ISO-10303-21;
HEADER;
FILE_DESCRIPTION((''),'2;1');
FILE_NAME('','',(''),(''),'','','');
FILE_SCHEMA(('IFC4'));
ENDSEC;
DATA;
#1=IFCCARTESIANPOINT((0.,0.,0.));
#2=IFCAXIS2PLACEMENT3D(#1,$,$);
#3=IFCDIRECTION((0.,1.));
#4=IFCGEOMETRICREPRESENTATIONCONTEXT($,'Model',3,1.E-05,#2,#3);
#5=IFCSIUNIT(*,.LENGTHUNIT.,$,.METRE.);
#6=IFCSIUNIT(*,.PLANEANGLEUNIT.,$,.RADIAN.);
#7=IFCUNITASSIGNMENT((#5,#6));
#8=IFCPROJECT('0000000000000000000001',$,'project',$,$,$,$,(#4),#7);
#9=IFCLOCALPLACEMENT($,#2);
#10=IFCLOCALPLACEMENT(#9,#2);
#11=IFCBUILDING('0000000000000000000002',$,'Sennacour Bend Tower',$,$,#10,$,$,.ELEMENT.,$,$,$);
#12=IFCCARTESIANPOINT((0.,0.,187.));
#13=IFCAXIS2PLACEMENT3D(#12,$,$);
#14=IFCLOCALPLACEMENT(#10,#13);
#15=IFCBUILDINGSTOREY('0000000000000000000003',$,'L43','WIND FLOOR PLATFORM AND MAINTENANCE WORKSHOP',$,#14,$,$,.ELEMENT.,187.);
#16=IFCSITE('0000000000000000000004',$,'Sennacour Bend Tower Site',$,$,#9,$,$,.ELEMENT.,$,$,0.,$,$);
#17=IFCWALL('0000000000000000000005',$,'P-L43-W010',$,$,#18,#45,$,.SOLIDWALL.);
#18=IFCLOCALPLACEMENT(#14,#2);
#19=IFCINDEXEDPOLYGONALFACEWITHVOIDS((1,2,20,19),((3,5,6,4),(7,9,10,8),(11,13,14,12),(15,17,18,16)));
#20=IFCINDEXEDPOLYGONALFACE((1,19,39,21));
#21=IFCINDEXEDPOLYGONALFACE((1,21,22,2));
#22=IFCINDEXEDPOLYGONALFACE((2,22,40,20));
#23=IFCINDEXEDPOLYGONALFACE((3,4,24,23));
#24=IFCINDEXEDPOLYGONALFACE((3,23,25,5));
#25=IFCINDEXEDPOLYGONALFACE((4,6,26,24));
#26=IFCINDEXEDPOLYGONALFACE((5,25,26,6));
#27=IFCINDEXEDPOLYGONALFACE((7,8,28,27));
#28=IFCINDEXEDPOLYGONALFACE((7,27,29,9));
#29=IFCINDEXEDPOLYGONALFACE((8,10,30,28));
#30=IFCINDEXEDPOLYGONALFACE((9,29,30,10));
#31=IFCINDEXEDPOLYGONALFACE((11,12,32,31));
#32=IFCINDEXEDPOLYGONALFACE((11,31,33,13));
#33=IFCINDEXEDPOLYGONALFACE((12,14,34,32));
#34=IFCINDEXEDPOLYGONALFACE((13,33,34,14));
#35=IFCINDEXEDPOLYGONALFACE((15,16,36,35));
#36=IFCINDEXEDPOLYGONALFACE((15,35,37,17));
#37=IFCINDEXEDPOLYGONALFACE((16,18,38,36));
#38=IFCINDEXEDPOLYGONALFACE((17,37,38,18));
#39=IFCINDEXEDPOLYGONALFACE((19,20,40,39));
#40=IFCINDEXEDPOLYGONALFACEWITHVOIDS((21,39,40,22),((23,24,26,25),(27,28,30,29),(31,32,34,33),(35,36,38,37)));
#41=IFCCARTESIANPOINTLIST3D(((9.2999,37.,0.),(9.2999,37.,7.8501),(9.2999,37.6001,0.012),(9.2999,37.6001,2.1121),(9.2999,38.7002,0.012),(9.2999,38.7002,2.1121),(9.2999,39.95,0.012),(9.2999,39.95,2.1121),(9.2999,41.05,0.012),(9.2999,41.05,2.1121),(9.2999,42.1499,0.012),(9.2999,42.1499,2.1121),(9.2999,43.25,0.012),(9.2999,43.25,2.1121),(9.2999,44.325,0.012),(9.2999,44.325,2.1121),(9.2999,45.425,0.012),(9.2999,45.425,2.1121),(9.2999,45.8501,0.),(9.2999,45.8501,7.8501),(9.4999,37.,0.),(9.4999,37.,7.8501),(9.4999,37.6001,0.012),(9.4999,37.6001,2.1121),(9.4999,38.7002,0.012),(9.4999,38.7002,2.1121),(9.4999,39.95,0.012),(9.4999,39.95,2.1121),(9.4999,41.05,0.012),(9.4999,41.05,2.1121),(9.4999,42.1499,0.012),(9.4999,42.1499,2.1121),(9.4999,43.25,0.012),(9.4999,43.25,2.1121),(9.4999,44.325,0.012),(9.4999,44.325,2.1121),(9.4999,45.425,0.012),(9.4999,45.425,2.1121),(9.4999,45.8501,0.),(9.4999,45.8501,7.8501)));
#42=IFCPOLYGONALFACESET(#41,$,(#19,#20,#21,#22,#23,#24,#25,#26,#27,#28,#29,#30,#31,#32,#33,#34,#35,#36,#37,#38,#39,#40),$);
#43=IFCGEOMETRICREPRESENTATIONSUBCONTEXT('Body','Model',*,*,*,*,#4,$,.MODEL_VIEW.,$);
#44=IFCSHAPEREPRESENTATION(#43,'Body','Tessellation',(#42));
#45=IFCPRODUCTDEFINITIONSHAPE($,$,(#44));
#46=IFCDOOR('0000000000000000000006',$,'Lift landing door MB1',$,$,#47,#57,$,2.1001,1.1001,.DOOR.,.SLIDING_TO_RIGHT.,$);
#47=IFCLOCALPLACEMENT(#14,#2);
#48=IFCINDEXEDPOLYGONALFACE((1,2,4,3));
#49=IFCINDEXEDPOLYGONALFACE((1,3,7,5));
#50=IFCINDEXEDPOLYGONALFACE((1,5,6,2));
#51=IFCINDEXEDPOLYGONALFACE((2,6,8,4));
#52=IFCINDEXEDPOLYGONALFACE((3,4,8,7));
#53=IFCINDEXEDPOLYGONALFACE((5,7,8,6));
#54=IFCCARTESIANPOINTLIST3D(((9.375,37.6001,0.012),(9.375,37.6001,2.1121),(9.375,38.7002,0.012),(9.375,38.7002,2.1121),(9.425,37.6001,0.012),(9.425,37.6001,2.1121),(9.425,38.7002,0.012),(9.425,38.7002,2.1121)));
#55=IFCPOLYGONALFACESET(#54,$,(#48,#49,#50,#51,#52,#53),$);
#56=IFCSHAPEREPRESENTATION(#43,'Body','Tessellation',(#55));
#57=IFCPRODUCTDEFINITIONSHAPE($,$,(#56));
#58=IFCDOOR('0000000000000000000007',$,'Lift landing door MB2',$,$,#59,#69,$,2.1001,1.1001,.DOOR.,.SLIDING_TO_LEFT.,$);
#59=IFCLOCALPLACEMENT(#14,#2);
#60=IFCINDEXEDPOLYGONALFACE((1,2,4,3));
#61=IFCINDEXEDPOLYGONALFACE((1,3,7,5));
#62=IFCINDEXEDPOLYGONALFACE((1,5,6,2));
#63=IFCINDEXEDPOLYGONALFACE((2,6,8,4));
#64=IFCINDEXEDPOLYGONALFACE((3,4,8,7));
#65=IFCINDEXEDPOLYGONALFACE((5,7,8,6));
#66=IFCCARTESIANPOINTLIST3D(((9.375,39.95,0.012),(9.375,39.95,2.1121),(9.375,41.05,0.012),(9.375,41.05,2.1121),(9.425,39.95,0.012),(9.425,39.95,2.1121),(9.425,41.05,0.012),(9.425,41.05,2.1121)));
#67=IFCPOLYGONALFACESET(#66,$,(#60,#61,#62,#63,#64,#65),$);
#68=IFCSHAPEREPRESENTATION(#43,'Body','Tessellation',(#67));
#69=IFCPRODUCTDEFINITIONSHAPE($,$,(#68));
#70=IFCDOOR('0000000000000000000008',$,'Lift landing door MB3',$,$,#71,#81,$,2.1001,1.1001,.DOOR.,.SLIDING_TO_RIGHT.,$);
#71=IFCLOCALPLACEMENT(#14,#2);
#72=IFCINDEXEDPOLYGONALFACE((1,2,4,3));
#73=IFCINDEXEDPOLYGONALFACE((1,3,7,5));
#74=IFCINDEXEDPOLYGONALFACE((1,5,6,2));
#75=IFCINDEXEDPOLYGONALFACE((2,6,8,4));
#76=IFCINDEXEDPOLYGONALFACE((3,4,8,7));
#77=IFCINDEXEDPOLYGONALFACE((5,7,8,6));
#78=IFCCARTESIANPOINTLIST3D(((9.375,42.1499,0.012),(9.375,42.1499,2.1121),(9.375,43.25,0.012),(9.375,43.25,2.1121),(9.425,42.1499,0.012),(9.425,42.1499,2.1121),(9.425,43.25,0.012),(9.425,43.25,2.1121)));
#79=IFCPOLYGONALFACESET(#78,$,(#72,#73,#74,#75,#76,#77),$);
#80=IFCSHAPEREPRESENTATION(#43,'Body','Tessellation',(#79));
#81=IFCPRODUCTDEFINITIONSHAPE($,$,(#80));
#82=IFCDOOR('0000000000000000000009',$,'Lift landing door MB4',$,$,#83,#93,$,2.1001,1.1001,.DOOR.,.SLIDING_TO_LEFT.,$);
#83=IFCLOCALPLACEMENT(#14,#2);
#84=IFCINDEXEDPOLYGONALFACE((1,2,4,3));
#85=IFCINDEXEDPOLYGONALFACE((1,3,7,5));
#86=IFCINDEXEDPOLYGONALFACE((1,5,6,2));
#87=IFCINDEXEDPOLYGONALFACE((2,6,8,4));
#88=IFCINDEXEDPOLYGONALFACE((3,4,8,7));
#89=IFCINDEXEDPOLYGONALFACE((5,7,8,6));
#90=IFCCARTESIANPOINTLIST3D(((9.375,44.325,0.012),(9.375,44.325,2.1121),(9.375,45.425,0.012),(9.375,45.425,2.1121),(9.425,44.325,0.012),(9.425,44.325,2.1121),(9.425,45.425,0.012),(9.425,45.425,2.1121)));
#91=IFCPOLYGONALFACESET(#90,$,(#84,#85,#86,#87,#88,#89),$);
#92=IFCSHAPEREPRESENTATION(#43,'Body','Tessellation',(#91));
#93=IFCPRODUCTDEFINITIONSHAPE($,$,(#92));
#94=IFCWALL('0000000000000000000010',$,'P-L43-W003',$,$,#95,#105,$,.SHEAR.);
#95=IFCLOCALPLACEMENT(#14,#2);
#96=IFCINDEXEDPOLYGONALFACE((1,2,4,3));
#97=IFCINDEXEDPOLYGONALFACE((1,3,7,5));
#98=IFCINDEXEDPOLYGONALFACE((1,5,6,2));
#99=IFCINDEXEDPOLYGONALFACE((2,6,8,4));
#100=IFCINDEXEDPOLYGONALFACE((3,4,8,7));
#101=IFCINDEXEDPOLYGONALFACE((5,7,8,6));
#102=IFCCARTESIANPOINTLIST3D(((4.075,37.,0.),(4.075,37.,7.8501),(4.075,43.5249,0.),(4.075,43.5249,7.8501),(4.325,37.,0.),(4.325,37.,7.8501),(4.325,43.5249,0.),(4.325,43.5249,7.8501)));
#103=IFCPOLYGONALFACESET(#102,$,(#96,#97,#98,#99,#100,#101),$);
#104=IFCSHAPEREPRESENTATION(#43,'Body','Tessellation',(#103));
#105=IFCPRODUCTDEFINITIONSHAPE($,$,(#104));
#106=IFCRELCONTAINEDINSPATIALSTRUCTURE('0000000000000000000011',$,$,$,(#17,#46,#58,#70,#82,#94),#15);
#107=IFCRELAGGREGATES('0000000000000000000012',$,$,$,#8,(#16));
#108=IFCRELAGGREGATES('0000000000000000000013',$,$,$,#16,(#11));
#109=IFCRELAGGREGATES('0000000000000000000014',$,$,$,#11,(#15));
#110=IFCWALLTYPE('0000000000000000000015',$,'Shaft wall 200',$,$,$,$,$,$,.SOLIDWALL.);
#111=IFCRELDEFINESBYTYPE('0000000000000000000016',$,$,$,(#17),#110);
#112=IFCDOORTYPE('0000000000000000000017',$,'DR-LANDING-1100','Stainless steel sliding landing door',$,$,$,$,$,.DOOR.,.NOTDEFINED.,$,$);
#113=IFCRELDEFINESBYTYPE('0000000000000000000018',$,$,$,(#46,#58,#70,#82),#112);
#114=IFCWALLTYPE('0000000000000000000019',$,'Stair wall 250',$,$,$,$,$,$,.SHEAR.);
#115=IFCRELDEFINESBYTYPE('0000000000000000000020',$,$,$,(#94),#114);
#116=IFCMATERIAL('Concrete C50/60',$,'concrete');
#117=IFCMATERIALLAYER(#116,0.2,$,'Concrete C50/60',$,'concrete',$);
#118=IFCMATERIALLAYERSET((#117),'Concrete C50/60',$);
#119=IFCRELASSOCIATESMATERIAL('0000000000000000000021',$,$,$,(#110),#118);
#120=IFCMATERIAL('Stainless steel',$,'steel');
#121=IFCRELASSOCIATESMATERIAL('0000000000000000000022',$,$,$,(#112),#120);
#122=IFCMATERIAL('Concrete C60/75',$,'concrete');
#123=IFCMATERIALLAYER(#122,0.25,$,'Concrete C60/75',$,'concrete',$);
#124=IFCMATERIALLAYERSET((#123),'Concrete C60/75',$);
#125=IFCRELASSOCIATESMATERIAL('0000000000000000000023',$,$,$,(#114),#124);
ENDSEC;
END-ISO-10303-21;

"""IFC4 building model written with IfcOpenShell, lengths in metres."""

from ifc_helpers import new_model, si_unit, direction, frame, frame_2d, origin, place, context, subcontext, project, spatial, rectangle, extrude, material, layer, layer_set, type_object, element, fill, save


model = new_model("IFC4")

# Units and contexts
model_context = context("Model", 3, precision=1e-05, world=origin(), true_north=direction((0.0, 1.0)))
body_context = subcontext(model_context, "Body", "Model", "MODEL_VIEW")
ifc_project = project(units=[si_unit("LENGTHUNIT", "METRE"), si_unit("PLANEANGLEUNIT", "RADIAN")], contexts=[model_context])

# Site, building, storey
site_placement = place(None, origin())
site = spatial("IfcSite", under=ifc_project, at=site_placement, Name="Sennacour Bend Tower Site", CompositionType="ELEMENT", RefElevation=0.0)
building_placement = place(site_placement, origin())
building = spatial("IfcBuilding", under=site, at=building_placement, Name="Sennacour Bend Tower", CompositionType="ELEMENT")
storey_placement = place(building_placement, frame((0.0, 0.0, 187.0)))
storey = spatial("IfcBuildingStorey", under=building, at=storey_placement, Name="L43", Description="WIND FLOOR PLATFORM AND MAINTENANCE WORKSHOP", CompositionType="ELEMENT", Elevation=187.0)

# Wall, openings, doors
ifc_material_1 = material(Name="Concrete C50/60", Category="concrete")
ifc_layer_1 = layer(ifc_material_1, 0.2, Name="Concrete C50/60", Category="concrete")
ifc_layer_set_1 = layer_set([ifc_layer_1], Name="Concrete C50/60")
wall_type_1 = type_object("IfcWallType", Name="Shaft wall 200", PredefinedType="SOLIDWALL", material=ifc_layer_set_1)
wall_1_placement = place(storey_placement, frame((9.3999, 37.0, 0.0), z_axis=(0.0, 0.0, 1.0), x_axis=(0.0, 1.0, 0.0)))
wall_1 = element("IfcWall", 1, at=wall_1_placement, inside=storey, type_object=wall_type_1, Name="P-L43-W010", PredefinedType="SOLIDWALL", context=body_context, shape_type="SweptSolid", body=[
    extrude(rectangle(XDim=8.8501, YDim=0.2, at=frame_2d((4.425, 0.0))), origin(), (0.0, 0.0, 1.0), 7.8501),
])
opening_1_placement = place(wall_1_placement, frame((0.6001, 0.0, 0.012)))
opening_1 = element("IfcOpeningElement", 2, at=opening_1_placement, cuts=wall_1, PredefinedType="OPENING", context=body_context, shape_type="SweptSolid", body=[
    extrude(rectangle(XDim=1.1001, YDim=2.1001, at=frame_2d((0.55, 1.05))), frame((0.0, 0.1099, 0.0), z_axis=(0.0, -1.0, 0.0), x_axis=(1.0, 0.0, 0.0)), (0.0, 0.0, 1.0), 0.22),
])
opening_2_placement = place(wall_1_placement, frame((2.95, 0.0, 0.012)))
opening_2 = element("IfcOpeningElement", 3, at=opening_2_placement, cuts=wall_1, PredefinedType="OPENING", context=body_context, shape_type="SweptSolid", body=[
    extrude(rectangle(XDim=1.1001, YDim=2.1001, at=frame_2d((0.55, 1.05))), frame((0.0, 0.1099, 0.0), z_axis=(0.0, -1.0, 0.0), x_axis=(1.0, 0.0, 0.0)), (0.0, 0.0, 1.0), 0.22),
])
opening_3_placement = place(wall_1_placement, frame((5.1499, 0.0, 0.012)))
opening_3 = element("IfcOpeningElement", 4, at=opening_3_placement, cuts=wall_1, PredefinedType="OPENING", context=body_context, shape_type="SweptSolid", body=[
    extrude(rectangle(XDim=1.1001, YDim=2.1001, at=frame_2d((0.55, 1.05))), frame((0.0, 0.1099, 0.0), z_axis=(0.0, -1.0, 0.0), x_axis=(1.0, 0.0, 0.0)), (0.0, 0.0, 1.0), 0.22),
])
opening_4_placement = place(wall_1_placement, frame((7.325, 0.0, 0.012)))
opening_4 = element("IfcOpeningElement", 5, at=opening_4_placement, cuts=wall_1, PredefinedType="OPENING", context=body_context, shape_type="SweptSolid", body=[
    extrude(rectangle(XDim=1.1001, YDim=2.1001, at=frame_2d((0.55, 1.05))), frame((0.0, 0.1099, 0.0), z_axis=(0.0, -1.0, 0.0), x_axis=(1.0, 0.0, 0.0)), (0.0, 0.0, 1.0), 0.22),
])
ifc_material_2 = material(Name="Stainless steel", Category="steel")
door_type_1 = type_object("IfcDoorType", Name="DR-LANDING-1100", Description="Stainless steel sliding landing door", OperationType="NOTDEFINED", PredefinedType="DOOR", material=ifc_material_2)
door_1_placement = place(opening_1_placement, origin())
door_1 = element("IfcDoor", 6, at=door_1_placement, inside=storey, type_object=door_type_1, Name="Lift landing door MB1", OperationType="SLIDING_TO_RIGHT", OverallHeight=2.1001, OverallWidth=1.1001, PredefinedType="DOOR", context=body_context, shape_type="SweptSolid", body=[
    extrude(rectangle(XDim=1.1001, YDim=2.1001, at=frame_2d((0.55, 1.05))), frame((0.0, 0.0249, 0.0), z_axis=(0.0, -1.0, 0.0), x_axis=(1.0, 0.0, 0.0)), (0.0, 0.0, 1.0), 0.05),
])
fill(opening_1, door_1)
door_2_placement = place(opening_2_placement, origin())
door_2 = element("IfcDoor", 7, at=door_2_placement, inside=storey, type_object=door_type_1, Name="Lift landing door MB2", OperationType="SLIDING_TO_LEFT", OverallHeight=2.1001, OverallWidth=1.1001, PredefinedType="DOOR", context=body_context, shape_type="SweptSolid", body=[
    extrude(rectangle(XDim=1.1001, YDim=2.1001, at=frame_2d((0.55, 1.05))), frame((0.0, 0.0249, 0.0), z_axis=(0.0, -1.0, 0.0), x_axis=(1.0, 0.0, 0.0)), (0.0, 0.0, 1.0), 0.05),
])
fill(opening_2, door_2)
door_3_placement = place(opening_3_placement, origin())
door_3 = element("IfcDoor", 8, at=door_3_placement, inside=storey, type_object=door_type_1, Name="Lift landing door MB3", OperationType="SLIDING_TO_RIGHT", OverallHeight=2.1001, OverallWidth=1.1001, PredefinedType="DOOR", context=body_context, shape_type="SweptSolid", body=[
    extrude(rectangle(XDim=1.1001, YDim=2.1001, at=frame_2d((0.55, 1.05))), frame((0.0, 0.0249, 0.0), z_axis=(0.0, -1.0, 0.0), x_axis=(1.0, 0.0, 0.0)), (0.0, 0.0, 1.0), 0.05),
])
fill(opening_3, door_3)
door_4_placement = place(opening_4_placement, origin())
door_4 = element("IfcDoor", 9, at=door_4_placement, inside=storey, type_object=door_type_1, Name="Lift landing door MB4", OperationType="SLIDING_TO_LEFT", OverallHeight=2.1001, OverallWidth=1.1001, PredefinedType="DOOR", context=body_context, shape_type="SweptSolid", body=[
    extrude(rectangle(XDim=1.1001, YDim=2.1001, at=frame_2d((0.55, 1.05))), frame((0.0, 0.0249, 0.0), z_axis=(0.0, -1.0, 0.0), x_axis=(1.0, 0.0, 0.0)), (0.0, 0.0, 1.0), 0.05),
])
fill(opening_4, door_4)

# Wall
ifc_material_3 = material(Name="Concrete C60/75", Category="concrete")
ifc_layer_2 = layer(ifc_material_3, 0.25, Name="Concrete C60/75", Category="concrete")
ifc_layer_set_2 = layer_set([ifc_layer_2], Name="Concrete C60/75")
wall_type_2 = type_object("IfcWallType", Name="Stair wall 250", PredefinedType="SHEAR", material=ifc_layer_set_2)
wall_2_placement = place(storey_placement, frame((4.2, 37.0, 0.0), z_axis=(0.0, 0.0, 1.0), x_axis=(0.0, 1.0, 0.0)))
element("IfcWall", 10, at=wall_2_placement, inside=storey, type_object=wall_type_2, Name="P-L43-W003", PredefinedType="SHEAR", context=body_context, shape_type="SweptSolid", body=[
    extrude(rectangle(XDim=6.5249, YDim=0.25, at=frame_2d((3.2625, 0.0))), origin(), (0.0, 0.0, 1.0), 7.8501),
])

save(model, "model.ifc")
